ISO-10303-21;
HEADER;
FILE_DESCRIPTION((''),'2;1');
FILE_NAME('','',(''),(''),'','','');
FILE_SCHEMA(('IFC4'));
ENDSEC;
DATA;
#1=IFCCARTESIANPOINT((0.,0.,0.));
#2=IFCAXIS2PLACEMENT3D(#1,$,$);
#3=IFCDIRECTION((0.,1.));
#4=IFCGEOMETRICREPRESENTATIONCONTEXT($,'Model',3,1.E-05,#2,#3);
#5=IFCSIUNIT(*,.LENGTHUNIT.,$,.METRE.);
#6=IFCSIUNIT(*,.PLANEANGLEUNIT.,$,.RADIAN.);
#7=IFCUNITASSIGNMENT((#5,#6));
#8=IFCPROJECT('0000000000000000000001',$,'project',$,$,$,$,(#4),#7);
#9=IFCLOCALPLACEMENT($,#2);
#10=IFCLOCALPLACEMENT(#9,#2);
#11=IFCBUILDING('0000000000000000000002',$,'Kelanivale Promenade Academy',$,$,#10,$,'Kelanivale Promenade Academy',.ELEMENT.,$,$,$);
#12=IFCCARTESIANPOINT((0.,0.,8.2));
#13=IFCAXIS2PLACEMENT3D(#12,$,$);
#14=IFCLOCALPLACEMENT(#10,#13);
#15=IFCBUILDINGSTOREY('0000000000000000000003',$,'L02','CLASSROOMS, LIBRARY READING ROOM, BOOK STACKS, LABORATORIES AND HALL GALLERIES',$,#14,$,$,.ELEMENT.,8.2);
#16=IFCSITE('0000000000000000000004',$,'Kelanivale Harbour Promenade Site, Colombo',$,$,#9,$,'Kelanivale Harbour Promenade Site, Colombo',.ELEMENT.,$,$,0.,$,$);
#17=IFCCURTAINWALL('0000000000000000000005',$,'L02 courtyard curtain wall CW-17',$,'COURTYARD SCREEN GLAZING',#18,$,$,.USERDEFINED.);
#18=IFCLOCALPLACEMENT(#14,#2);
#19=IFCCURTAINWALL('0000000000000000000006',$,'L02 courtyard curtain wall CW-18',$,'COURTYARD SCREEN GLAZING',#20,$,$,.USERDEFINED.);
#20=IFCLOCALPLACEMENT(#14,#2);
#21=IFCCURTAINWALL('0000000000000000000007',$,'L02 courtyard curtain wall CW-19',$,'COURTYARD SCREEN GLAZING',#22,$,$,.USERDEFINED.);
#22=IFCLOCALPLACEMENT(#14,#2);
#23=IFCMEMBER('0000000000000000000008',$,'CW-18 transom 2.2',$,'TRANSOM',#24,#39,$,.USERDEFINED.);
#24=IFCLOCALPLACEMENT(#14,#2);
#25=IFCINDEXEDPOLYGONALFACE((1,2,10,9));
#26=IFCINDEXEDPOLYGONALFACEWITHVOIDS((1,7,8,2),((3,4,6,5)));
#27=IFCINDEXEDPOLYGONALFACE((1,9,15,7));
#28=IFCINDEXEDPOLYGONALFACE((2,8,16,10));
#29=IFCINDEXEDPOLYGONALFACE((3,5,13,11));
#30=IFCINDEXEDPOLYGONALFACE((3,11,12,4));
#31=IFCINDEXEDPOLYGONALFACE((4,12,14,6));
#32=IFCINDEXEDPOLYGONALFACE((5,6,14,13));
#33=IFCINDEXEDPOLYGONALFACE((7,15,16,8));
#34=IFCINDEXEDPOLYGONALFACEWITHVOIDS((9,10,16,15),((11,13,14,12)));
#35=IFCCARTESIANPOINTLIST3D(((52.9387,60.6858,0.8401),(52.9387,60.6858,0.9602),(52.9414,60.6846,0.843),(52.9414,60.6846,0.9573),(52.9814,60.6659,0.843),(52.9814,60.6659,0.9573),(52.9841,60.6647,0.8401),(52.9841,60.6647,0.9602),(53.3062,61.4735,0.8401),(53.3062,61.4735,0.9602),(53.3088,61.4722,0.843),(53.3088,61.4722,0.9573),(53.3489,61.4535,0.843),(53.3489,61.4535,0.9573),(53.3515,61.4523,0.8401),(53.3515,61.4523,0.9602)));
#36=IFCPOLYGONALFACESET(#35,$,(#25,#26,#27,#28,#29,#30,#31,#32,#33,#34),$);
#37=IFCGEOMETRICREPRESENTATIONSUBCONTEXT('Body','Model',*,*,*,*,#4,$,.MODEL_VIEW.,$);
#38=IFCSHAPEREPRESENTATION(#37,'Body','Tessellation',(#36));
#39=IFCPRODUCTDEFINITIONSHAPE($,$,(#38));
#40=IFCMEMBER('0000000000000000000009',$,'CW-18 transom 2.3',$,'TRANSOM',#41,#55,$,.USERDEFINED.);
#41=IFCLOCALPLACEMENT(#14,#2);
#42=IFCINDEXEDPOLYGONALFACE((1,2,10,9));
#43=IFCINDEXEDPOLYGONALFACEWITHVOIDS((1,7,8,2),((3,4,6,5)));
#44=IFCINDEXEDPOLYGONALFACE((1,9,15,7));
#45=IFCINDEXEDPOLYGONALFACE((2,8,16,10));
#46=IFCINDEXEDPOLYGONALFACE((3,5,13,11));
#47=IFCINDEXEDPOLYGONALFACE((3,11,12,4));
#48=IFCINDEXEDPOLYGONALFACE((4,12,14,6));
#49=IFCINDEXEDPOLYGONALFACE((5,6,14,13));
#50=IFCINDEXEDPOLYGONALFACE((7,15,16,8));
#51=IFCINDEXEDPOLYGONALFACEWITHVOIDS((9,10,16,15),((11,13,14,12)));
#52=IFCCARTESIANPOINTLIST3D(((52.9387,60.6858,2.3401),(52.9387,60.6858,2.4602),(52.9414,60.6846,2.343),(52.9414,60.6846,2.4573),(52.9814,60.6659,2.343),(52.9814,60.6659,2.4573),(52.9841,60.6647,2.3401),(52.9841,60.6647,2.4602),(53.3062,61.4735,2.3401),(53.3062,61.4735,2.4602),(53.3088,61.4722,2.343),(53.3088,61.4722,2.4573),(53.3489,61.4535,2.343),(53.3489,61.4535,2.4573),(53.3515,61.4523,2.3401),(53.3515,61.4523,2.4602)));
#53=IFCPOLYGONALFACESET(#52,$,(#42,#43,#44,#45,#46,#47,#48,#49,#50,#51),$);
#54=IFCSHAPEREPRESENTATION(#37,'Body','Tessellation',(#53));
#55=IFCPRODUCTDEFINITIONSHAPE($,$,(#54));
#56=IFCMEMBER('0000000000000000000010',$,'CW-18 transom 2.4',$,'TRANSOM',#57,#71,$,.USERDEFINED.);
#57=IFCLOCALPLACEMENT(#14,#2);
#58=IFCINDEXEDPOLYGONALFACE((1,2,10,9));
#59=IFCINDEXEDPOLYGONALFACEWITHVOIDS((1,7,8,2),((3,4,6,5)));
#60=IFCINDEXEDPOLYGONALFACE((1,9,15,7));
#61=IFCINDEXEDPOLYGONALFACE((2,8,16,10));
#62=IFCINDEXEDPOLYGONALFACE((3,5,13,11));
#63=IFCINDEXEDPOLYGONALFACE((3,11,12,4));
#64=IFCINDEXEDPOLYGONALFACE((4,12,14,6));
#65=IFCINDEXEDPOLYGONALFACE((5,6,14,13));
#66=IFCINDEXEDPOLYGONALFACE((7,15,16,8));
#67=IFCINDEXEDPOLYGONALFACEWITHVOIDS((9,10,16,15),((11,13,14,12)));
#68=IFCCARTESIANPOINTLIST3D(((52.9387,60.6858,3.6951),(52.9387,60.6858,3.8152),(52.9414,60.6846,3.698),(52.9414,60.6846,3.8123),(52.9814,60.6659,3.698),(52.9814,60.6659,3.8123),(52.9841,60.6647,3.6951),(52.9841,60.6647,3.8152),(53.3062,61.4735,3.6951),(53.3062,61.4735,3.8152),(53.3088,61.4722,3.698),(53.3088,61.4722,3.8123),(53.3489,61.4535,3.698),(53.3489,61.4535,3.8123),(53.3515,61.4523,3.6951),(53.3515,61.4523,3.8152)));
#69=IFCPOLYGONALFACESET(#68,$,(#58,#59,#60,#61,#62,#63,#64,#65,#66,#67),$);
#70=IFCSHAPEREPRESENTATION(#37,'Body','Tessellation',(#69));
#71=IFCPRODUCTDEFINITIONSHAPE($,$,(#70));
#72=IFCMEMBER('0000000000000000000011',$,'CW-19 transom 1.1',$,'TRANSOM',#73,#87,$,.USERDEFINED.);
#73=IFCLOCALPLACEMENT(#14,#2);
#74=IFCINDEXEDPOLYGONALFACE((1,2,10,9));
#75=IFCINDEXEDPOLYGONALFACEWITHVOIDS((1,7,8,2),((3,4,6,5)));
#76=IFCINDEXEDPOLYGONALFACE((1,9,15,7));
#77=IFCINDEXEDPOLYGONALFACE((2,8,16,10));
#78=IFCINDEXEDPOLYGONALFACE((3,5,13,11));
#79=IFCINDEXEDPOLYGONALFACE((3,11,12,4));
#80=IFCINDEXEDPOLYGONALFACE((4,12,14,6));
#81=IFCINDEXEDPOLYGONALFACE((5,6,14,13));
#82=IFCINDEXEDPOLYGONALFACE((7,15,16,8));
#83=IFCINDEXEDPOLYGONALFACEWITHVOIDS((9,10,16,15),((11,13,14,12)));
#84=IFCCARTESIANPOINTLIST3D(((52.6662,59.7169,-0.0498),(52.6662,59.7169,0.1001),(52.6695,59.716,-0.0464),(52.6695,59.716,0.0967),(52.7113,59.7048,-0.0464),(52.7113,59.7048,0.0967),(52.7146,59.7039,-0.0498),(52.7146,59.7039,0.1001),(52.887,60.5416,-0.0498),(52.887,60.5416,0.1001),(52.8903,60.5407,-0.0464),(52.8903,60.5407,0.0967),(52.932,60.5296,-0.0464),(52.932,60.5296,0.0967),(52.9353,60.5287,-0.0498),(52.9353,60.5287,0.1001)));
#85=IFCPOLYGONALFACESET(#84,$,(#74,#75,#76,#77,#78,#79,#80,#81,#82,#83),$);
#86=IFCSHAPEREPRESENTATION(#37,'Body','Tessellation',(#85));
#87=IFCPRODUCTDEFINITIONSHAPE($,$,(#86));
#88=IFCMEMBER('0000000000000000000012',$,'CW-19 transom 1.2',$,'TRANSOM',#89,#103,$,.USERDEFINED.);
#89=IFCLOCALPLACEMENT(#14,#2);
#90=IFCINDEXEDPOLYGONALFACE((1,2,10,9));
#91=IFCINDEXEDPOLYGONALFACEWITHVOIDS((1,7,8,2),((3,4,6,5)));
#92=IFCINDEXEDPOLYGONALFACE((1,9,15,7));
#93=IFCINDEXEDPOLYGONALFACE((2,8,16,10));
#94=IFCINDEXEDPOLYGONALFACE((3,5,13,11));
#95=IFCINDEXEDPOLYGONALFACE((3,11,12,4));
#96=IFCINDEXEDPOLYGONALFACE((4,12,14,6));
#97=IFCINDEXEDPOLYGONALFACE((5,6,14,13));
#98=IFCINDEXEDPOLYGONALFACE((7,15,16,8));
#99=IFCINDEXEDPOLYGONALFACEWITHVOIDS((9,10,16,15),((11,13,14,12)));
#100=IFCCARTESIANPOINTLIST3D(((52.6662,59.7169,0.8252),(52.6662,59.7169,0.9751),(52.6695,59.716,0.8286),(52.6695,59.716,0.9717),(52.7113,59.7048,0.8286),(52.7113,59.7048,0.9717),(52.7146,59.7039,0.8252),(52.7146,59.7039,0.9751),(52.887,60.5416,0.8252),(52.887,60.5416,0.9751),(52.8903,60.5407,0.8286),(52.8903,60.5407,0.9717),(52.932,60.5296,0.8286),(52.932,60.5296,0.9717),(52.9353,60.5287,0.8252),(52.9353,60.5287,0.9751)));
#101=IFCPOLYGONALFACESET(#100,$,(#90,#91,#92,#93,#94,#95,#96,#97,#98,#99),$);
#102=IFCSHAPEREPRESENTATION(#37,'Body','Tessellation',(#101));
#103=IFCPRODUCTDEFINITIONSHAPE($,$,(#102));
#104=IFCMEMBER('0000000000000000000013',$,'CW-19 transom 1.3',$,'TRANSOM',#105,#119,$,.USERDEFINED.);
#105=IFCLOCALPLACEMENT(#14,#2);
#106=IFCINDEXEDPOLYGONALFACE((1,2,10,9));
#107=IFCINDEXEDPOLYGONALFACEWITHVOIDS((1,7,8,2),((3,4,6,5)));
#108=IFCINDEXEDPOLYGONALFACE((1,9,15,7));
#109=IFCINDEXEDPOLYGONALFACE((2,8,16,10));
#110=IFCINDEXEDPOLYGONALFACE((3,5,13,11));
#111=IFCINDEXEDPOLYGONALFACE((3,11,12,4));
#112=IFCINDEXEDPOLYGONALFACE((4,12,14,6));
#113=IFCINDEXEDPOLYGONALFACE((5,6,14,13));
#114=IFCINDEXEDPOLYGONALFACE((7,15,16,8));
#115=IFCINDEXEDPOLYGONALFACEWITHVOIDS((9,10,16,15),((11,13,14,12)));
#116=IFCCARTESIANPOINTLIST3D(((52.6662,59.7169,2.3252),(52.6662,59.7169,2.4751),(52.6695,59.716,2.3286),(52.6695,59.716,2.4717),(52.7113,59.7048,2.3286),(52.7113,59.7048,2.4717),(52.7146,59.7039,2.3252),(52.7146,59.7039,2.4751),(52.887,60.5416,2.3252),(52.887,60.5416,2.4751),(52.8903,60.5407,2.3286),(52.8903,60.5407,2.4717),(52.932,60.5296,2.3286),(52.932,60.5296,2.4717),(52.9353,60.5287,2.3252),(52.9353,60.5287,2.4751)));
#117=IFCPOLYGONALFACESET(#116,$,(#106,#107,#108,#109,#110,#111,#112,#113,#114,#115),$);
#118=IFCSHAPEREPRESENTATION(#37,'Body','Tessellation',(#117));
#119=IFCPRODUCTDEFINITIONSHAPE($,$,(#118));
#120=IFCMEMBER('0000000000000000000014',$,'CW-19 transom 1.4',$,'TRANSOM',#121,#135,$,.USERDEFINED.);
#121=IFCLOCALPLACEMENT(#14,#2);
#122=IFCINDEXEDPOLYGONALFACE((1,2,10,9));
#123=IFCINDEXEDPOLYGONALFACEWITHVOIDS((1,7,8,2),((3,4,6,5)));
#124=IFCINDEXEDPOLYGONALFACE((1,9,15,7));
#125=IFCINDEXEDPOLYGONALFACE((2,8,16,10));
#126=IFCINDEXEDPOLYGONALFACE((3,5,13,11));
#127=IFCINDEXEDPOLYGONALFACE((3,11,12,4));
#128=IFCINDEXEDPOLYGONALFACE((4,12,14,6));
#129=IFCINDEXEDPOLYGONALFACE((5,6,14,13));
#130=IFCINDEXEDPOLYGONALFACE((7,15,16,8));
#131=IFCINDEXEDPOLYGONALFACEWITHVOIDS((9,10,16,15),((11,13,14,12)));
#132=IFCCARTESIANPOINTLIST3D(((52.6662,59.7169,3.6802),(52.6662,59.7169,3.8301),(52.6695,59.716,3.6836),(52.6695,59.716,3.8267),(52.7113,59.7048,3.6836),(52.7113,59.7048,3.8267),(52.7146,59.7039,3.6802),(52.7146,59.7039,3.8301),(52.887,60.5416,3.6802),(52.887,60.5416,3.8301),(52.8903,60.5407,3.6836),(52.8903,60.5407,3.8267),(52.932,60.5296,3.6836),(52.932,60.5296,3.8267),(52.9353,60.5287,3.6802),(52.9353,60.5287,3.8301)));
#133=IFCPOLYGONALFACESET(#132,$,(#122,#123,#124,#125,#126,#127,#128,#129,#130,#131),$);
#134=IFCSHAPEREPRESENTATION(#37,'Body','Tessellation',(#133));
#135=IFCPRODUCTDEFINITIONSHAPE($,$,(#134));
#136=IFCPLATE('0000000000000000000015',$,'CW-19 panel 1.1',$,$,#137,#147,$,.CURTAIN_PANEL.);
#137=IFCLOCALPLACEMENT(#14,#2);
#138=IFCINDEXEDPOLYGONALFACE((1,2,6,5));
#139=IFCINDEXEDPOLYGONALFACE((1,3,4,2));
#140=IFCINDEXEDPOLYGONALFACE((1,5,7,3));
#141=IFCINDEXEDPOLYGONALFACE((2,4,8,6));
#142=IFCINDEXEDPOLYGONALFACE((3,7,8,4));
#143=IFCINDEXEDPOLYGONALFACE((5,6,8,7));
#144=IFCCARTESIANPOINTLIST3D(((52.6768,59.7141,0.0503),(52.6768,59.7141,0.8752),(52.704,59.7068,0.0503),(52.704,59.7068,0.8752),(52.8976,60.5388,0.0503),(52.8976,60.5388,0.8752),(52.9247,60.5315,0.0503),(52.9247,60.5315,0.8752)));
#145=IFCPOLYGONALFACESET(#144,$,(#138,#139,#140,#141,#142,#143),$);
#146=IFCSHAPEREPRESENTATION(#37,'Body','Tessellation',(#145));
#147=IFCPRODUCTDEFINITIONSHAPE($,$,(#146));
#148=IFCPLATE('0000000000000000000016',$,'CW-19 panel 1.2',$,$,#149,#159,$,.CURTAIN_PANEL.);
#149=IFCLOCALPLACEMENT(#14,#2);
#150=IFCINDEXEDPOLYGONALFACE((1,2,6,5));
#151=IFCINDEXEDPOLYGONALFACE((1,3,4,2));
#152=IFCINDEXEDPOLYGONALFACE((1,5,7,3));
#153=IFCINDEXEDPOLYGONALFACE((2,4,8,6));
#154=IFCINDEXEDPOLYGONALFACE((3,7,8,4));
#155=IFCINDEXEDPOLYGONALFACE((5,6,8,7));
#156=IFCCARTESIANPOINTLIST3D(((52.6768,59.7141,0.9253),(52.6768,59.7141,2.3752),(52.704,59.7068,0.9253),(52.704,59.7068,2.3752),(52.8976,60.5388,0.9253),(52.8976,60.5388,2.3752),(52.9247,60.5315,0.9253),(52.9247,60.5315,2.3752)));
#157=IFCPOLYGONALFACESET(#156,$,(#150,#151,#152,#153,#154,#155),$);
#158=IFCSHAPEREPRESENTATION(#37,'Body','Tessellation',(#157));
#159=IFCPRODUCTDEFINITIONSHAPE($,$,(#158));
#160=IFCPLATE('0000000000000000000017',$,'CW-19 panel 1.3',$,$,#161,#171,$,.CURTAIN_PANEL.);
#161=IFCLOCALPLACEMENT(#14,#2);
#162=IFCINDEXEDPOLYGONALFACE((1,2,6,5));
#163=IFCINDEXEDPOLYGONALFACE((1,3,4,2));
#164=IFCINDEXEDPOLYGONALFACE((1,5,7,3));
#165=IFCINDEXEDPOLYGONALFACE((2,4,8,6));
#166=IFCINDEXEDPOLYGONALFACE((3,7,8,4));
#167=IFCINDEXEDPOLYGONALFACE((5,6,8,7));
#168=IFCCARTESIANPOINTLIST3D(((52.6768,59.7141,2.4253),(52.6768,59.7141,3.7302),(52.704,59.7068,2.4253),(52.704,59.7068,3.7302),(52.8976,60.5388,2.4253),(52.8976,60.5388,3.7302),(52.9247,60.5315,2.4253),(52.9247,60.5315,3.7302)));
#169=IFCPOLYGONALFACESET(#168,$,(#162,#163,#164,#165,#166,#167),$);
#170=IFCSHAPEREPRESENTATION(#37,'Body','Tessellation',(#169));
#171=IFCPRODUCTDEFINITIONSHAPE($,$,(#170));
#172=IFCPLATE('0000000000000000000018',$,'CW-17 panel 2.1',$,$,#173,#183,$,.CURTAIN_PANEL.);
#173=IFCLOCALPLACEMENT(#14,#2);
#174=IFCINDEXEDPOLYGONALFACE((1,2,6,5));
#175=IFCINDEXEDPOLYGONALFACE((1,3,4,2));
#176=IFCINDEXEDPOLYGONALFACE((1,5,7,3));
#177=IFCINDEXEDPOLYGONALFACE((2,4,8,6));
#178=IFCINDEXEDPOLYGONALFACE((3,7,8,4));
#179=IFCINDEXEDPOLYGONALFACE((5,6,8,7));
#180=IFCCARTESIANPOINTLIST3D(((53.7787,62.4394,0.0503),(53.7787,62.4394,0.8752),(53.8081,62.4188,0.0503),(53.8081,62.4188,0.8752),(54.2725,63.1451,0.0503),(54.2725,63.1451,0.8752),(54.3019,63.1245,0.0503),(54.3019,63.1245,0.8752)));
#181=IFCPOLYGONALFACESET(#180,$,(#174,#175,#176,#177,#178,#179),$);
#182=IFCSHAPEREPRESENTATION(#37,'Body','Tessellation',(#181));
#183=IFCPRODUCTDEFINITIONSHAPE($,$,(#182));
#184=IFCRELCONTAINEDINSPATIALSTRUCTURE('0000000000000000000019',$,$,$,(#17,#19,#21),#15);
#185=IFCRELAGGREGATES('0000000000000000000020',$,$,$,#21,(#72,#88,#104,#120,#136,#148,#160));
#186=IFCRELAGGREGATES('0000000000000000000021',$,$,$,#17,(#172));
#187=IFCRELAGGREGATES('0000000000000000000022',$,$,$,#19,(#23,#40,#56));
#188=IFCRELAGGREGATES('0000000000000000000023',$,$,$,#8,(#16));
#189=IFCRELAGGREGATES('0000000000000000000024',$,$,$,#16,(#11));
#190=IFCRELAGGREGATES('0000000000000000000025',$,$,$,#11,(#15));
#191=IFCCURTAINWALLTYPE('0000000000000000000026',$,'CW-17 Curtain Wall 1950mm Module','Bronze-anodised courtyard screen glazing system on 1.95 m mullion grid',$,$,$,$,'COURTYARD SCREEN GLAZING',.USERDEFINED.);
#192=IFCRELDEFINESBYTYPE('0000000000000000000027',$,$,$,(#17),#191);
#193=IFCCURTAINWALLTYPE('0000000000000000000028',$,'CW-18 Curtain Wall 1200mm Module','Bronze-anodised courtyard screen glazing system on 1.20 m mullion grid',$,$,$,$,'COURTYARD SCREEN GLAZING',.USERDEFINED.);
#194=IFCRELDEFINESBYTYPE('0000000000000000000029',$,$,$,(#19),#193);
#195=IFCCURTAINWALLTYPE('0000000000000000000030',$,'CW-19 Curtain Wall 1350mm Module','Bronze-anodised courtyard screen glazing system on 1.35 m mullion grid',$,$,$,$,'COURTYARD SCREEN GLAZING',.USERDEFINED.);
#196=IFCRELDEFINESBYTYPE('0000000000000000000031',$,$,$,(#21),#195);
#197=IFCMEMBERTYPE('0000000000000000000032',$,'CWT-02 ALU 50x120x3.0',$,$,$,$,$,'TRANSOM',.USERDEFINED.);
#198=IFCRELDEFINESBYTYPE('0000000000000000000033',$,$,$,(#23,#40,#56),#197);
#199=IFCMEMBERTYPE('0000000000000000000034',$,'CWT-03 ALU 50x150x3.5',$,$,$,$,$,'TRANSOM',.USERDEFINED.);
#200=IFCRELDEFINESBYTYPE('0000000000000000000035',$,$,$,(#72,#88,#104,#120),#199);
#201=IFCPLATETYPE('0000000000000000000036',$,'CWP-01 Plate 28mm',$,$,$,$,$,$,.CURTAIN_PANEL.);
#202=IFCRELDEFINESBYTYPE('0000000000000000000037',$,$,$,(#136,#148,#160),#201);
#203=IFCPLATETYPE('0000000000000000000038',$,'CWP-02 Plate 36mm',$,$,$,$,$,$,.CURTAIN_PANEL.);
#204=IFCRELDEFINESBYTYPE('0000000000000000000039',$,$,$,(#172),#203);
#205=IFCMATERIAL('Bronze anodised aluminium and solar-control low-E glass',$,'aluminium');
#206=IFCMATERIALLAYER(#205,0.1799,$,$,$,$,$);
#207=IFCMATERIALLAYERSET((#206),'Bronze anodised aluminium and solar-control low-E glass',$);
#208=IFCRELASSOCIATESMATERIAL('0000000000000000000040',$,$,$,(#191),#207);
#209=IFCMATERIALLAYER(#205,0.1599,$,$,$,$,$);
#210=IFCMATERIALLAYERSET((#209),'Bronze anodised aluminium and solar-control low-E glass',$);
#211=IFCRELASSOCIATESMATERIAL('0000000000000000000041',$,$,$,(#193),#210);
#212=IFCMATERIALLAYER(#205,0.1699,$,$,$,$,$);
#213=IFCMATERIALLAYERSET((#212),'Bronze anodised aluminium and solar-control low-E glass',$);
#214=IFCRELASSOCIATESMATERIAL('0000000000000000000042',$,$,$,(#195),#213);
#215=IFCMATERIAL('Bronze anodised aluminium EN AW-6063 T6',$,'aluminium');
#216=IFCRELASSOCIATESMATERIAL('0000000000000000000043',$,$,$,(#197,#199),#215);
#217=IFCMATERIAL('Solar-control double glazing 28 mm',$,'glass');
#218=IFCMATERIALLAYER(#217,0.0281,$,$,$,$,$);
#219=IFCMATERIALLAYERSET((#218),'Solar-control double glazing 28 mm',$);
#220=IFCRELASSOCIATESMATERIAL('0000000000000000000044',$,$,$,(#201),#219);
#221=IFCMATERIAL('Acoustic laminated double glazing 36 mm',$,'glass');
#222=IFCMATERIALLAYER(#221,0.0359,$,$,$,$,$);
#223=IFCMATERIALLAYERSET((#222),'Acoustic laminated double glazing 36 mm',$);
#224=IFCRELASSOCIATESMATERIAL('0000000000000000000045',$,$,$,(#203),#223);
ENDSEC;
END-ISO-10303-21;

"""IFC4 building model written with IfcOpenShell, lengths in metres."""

from ifc_helpers import new_model, si_unit, direction, frame, origin, origin_2d, place, context, subcontext, project, spatial, rectangle, hollow_rectangle, extrude, material, layer, layer_set, material_profile, profile_set, type_object, element, aggregate, save


model = new_model("IFC4")

# Units and contexts
model_context = context("Model", 3, precision=1e-05, world=origin(), true_north=direction((0.0, 1.0)))
body_context = subcontext(model_context, "Body", "Model", "MODEL_VIEW")
ifc_project = project(units=[si_unit("LENGTHUNIT", "METRE"), si_unit("PLANEANGLEUNIT", "RADIAN")], contexts=[model_context])

# Site, building, storey
site_placement = place(None, origin())
site = spatial("IfcSite", under=ifc_project, at=site_placement, Name="Kelanivale Harbour Promenade Site, Colombo", LongName="Kelanivale Harbour Promenade Site, Colombo", CompositionType="ELEMENT", RefElevation=0.0)
building_placement = place(site_placement, origin())
building = spatial("IfcBuilding", under=site, at=building_placement, Name="Kelanivale Promenade Academy", LongName="Kelanivale Promenade Academy", CompositionType="ELEMENT")
storey_placement = place(building_placement, frame((0.0, 0.0, 8.2)))
storey = spatial("IfcBuildingStorey", under=building, at=storey_placement, Name="L02", Description="CLASSROOMS, LIBRARY READING ROOM, BOOK STACKS, LABORATORIES AND HALL GALLERIES", CompositionType="ELEMENT", Elevation=8.2)

# Curtain wall
ifc_material_1 = material(Name="Bronze anodised aluminium and solar-control low-E glass", Category="aluminium")
ifc_layer_1 = layer(ifc_material_1, 0.1799)
ifc_layer_set_1 = layer_set([ifc_layer_1], Name="Bronze anodised aluminium and solar-control low-E glass")
curtain_wall_type_1 = type_object("IfcCurtainWallType", Name="CW-17 Curtain Wall 1950mm Module", Description="Bronze-anodised courtyard screen glazing system on 1.95 m mullion grid", ElementType="COURTYARD SCREEN GLAZING", PredefinedType="USERDEFINED", material=ifc_layer_set_1)
curtain_wall_1_placement = place(storey_placement, origin())
curtain_wall_1 = element("IfcCurtainWall", 1, at=curtain_wall_1_placement, inside=storey, type_object=curtain_wall_type_1, Name="L02 courtyard curtain wall CW-17", ObjectType="COURTYARD SCREEN GLAZING", PredefinedType="USERDEFINED")
ifc_material_2 = material(Name="Bronze anodised aluminium EN AW-6063 T6", Category="aluminium")

# Curtain wall
ifc_layer_2 = layer(ifc_material_1, 0.1599)
ifc_layer_set_2 = layer_set([ifc_layer_2], Name="Bronze anodised aluminium and solar-control low-E glass")
curtain_wall_type_2 = type_object("IfcCurtainWallType", Name="CW-18 Curtain Wall 1200mm Module", Description="Bronze-anodised courtyard screen glazing system on 1.20 m mullion grid", ElementType="COURTYARD SCREEN GLAZING", PredefinedType="USERDEFINED", material=ifc_layer_set_2)
curtain_wall_2_placement = place(storey_placement, origin())
curtain_wall_2 = element("IfcCurtainWall", 2, at=curtain_wall_2_placement, inside=storey, type_object=curtain_wall_type_2, Name="L02 courtyard curtain wall CW-18", ObjectType="COURTYARD SCREEN GLAZING", PredefinedType="USERDEFINED")

# Curtain wall
ifc_layer_3 = layer(ifc_material_1, 0.1699)
ifc_layer_set_3 = layer_set([ifc_layer_3], Name="Bronze anodised aluminium and solar-control low-E glass")
curtain_wall_type_3 = type_object("IfcCurtainWallType", Name="CW-19 Curtain Wall 1350mm Module", Description="Bronze-anodised courtyard screen glazing system on 1.35 m mullion grid", ElementType="COURTYARD SCREEN GLAZING", PredefinedType="USERDEFINED", material=ifc_layer_set_3)
curtain_wall_3_placement = place(storey_placement, origin())
curtain_wall_3 = element("IfcCurtainWall", 3, at=curtain_wall_3_placement, inside=storey, type_object=curtain_wall_type_3, Name="L02 courtyard curtain wall CW-19", ObjectType="COURTYARD SCREEN GLAZING", PredefinedType="USERDEFINED")

# Members
ifc_material_profile_1 = material_profile(ifc_material_2, hollow_rectangle(XDim=0.05, YDim=0.1201, WallThickness=0.0029, at=origin_2d()), Name="ALU 50x120x3.0")
ifc_profile_set_1 = profile_set([ifc_material_profile_1], Name="Bronze anodised aluminium EN AW-6063 T6")
member_type_1 = type_object("IfcMemberType", Name="CWT-02 ALU 50x120x3.0", ElementType="TRANSOM", PredefinedType="USERDEFINED", material=ifc_profile_set_1)
member_1_placement = place(storey_placement, frame((53.3289, 61.4629, 0.9001), z_axis=(-0.422778, -0.906233, 0.0), x_axis=(0.906233, -0.422778, 0.0)))
member_1 = element("IfcMember", 4, at=member_1_placement, type_object=member_type_1, Name="CW-18 transom 2.2", ObjectType="TRANSOM", PredefinedType="USERDEFINED", context=body_context, shape_type="SweptSolid", body=[
    extrude(hollow_rectangle(XDim=0.05, YDim=0.1201, WallThickness=0.0029, at=origin_2d()), origin(), (0.0, 0.0, 1.0), 0.8691),
])
member_2_placement = place(storey_placement, frame((53.3289, 61.4629, 2.4001), z_axis=(-0.422778, -0.906233, 0.0), x_axis=(0.906233, -0.422778, 0.0)))
member_2 = element("IfcMember", 5, at=member_2_placement, type_object=member_type_1, Name="CW-18 transom 2.3", ObjectType="TRANSOM", PredefinedType="USERDEFINED", context=body_context, shape_type="SweptSolid", body=[
    extrude(hollow_rectangle(XDim=0.05, YDim=0.1201, WallThickness=0.0029, at=origin_2d()), origin(), (0.0, 0.0, 1.0), 0.8691),
])
member_3_placement = place(storey_placement, frame((53.3289, 61.4629, 3.7551), z_axis=(-0.422778, -0.906233, 0.0), x_axis=(0.906233, -0.422778, 0.0)))
member_3 = element("IfcMember", 6, at=member_3_placement, type_object=member_type_1, Name="CW-18 transom 2.4", ObjectType="TRANSOM", PredefinedType="USERDEFINED", context=body_context, shape_type="SweptSolid", body=[
    extrude(hollow_rectangle(XDim=0.05, YDim=0.1201, WallThickness=0.0029, at=origin_2d()), origin(), (0.0, 0.0, 1.0), 0.8691),
])
ifc_material_profile_2 = material_profile(ifc_material_2, hollow_rectangle(XDim=0.05, YDim=0.1499, WallThickness=0.0034, at=origin_2d()), Name="ALU 50x150x3.5")
ifc_profile_set_2 = profile_set([ifc_material_profile_2], Name="Bronze anodised aluminium EN AW-6063 T6")
member_type_2 = type_object("IfcMemberType", Name="CWT-03 ALU 50x150x3.5", ElementType="TRANSOM", PredefinedType="USERDEFINED", material=ifc_profile_set_2)
member_4_placement = place(storey_placement, frame((52.9111, 60.5352, 0.0251), z_axis=(-0.258517, -0.966007, 0.0), x_axis=(0.966007, -0.258517, 0.0)))
member_4 = element("IfcMember", 7, at=member_4_placement, type_object=member_type_2, Name="CW-19 transom 1.1", ObjectType="TRANSOM", PredefinedType="USERDEFINED", context=body_context, shape_type="SweptSolid", body=[
    extrude(hollow_rectangle(XDim=0.05, YDim=0.1499, WallThickness=0.0034, at=origin_2d()), origin(), (0.0, 0.0, 1.0), 0.8538),
])
member_5_placement = place(storey_placement, frame((52.9111, 60.5352, 0.9001), z_axis=(-0.258517, -0.966007, 0.0), x_axis=(0.966007, -0.258517, 0.0)))
member_5 = element("IfcMember", 8, at=member_5_placement, type_object=member_type_2, Name="CW-19 transom 1.2", ObjectType="TRANSOM", PredefinedType="USERDEFINED", context=body_context, shape_type="SweptSolid", body=[
    extrude(hollow_rectangle(XDim=0.05, YDim=0.1499, WallThickness=0.0034, at=origin_2d()), origin(), (0.0, 0.0, 1.0), 0.8538),
])
member_6_placement = place(storey_placement, frame((52.9111, 60.5352, 2.4001), z_axis=(-0.258517, -0.966007, 0.0), x_axis=(0.966007, -0.258517, 0.0)))
member_6 = element("IfcMember", 9, at=member_6_placement, type_object=member_type_2, Name="CW-19 transom 1.3", ObjectType="TRANSOM", PredefinedType="USERDEFINED", context=body_context, shape_type="SweptSolid", body=[
    extrude(hollow_rectangle(XDim=0.05, YDim=0.1499, WallThickness=0.0034, at=origin_2d()), origin(), (0.0, 0.0, 1.0), 0.8538),
])
member_7_placement = place(storey_placement, frame((52.9111, 60.5352, 3.7551), z_axis=(-0.258517, -0.966007, 0.0), x_axis=(0.966007, -0.258517, 0.0)))
member_7 = element("IfcMember", 10, at=member_7_placement, type_object=member_type_2, Name="CW-19 transom 1.4", ObjectType="TRANSOM", PredefinedType="USERDEFINED", context=body_context, shape_type="SweptSolid", body=[
    extrude(hollow_rectangle(XDim=0.05, YDim=0.1499, WallThickness=0.0034, at=origin_2d()), origin(), (0.0, 0.0, 1.0), 0.8538),
])

# Plates
ifc_material_3 = material(Name="Solar-control double glazing 28 mm", Category="glass")
ifc_layer_4 = layer(ifc_material_3, 0.0281)
ifc_layer_set_4 = layer_set([ifc_layer_4], Name="Solar-control double glazing 28 mm")
plate_type_1 = type_object("IfcPlateType", Name="CWP-01 Plate 28mm", PredefinedType="CURTAIN_PANEL", material=ifc_layer_set_4)
plate_1_placement = place(storey_placement, frame((52.8008, 60.1228, 0.0503), z_axis=(0.0, 0.0, 1.0), x_axis=(-0.258578, -0.96599, 0.0)))
plate_1 = element("IfcPlate", 11, at=plate_1_placement, type_object=plate_type_1, Name="CW-19 panel 1.1", PredefinedType="CURTAIN_PANEL", context=body_context, shape_type="SweptSolid", body=[
    extrude(rectangle(XDim=0.8538, YDim=0.0281, at=origin_2d()), origin(), (0.0, 0.0, 1.0), 0.825),
])
plate_2_placement = place(storey_placement, frame((52.8008, 60.1228, 0.9253), z_axis=(0.0, 0.0, 1.0), x_axis=(-0.258578, -0.96599, 0.0)))
plate_2 = element("IfcPlate", 12, at=plate_2_placement, type_object=plate_type_1, Name="CW-19 panel 1.2", PredefinedType="CURTAIN_PANEL", context=body_context, shape_type="SweptSolid", body=[
    extrude(rectangle(XDim=0.8538, YDim=0.0281, at=origin_2d()), origin(), (0.0, 0.0, 1.0), 1.45),
])
plate_3_placement = place(storey_placement, frame((52.8008, 60.1228, 2.4253), z_axis=(0.0, 0.0, 1.0), x_axis=(-0.258578, -0.96599, 0.0)))
plate_3 = element("IfcPlate", 13, at=plate_3_placement, type_object=plate_type_1, Name="CW-19 panel 1.3", PredefinedType="CURTAIN_PANEL", context=body_context, shape_type="SweptSolid", body=[
    extrude(rectangle(XDim=0.8538, YDim=0.0281, at=origin_2d()), origin(), (0.0, 0.0, 1.0), 1.3049),
])
aggregate(curtain_wall_3, [member_4, member_5, member_6, member_7, plate_1, plate_2, plate_3])
ifc_material_4 = material(Name="Acoustic laminated double glazing 36 mm", Category="glass")
ifc_layer_5 = layer(ifc_material_4, 0.0359)
ifc_layer_set_5 = layer_set([ifc_layer_5], Name="Acoustic laminated double glazing 36 mm")
plate_type_2 = type_object("IfcPlateType", Name="CWP-02 Plate 36mm", PredefinedType="CURTAIN_PANEL", material=ifc_layer_set_5)
plate_4_placement = place(storey_placement, frame((54.0403, 62.782, 0.0503), z_axis=(0.0, 0.0, 1.0), x_axis=(-0.573357, -0.819306, 0.0)))
plate_4 = element("IfcPlate", 14, at=plate_4_placement, type_object=plate_type_2, Name="CW-17 panel 2.1", PredefinedType="CURTAIN_PANEL", context=body_context, shape_type="SweptSolid", body=[
    extrude(rectangle(XDim=0.8613, YDim=0.0359, at=origin_2d()), origin(), (0.0, 0.0, 1.0), 0.825),
])
aggregate(curtain_wall_1, [plate_4])
aggregate(curtain_wall_2, [member_1, member_2, member_3])

save(model, "model.ifc")
